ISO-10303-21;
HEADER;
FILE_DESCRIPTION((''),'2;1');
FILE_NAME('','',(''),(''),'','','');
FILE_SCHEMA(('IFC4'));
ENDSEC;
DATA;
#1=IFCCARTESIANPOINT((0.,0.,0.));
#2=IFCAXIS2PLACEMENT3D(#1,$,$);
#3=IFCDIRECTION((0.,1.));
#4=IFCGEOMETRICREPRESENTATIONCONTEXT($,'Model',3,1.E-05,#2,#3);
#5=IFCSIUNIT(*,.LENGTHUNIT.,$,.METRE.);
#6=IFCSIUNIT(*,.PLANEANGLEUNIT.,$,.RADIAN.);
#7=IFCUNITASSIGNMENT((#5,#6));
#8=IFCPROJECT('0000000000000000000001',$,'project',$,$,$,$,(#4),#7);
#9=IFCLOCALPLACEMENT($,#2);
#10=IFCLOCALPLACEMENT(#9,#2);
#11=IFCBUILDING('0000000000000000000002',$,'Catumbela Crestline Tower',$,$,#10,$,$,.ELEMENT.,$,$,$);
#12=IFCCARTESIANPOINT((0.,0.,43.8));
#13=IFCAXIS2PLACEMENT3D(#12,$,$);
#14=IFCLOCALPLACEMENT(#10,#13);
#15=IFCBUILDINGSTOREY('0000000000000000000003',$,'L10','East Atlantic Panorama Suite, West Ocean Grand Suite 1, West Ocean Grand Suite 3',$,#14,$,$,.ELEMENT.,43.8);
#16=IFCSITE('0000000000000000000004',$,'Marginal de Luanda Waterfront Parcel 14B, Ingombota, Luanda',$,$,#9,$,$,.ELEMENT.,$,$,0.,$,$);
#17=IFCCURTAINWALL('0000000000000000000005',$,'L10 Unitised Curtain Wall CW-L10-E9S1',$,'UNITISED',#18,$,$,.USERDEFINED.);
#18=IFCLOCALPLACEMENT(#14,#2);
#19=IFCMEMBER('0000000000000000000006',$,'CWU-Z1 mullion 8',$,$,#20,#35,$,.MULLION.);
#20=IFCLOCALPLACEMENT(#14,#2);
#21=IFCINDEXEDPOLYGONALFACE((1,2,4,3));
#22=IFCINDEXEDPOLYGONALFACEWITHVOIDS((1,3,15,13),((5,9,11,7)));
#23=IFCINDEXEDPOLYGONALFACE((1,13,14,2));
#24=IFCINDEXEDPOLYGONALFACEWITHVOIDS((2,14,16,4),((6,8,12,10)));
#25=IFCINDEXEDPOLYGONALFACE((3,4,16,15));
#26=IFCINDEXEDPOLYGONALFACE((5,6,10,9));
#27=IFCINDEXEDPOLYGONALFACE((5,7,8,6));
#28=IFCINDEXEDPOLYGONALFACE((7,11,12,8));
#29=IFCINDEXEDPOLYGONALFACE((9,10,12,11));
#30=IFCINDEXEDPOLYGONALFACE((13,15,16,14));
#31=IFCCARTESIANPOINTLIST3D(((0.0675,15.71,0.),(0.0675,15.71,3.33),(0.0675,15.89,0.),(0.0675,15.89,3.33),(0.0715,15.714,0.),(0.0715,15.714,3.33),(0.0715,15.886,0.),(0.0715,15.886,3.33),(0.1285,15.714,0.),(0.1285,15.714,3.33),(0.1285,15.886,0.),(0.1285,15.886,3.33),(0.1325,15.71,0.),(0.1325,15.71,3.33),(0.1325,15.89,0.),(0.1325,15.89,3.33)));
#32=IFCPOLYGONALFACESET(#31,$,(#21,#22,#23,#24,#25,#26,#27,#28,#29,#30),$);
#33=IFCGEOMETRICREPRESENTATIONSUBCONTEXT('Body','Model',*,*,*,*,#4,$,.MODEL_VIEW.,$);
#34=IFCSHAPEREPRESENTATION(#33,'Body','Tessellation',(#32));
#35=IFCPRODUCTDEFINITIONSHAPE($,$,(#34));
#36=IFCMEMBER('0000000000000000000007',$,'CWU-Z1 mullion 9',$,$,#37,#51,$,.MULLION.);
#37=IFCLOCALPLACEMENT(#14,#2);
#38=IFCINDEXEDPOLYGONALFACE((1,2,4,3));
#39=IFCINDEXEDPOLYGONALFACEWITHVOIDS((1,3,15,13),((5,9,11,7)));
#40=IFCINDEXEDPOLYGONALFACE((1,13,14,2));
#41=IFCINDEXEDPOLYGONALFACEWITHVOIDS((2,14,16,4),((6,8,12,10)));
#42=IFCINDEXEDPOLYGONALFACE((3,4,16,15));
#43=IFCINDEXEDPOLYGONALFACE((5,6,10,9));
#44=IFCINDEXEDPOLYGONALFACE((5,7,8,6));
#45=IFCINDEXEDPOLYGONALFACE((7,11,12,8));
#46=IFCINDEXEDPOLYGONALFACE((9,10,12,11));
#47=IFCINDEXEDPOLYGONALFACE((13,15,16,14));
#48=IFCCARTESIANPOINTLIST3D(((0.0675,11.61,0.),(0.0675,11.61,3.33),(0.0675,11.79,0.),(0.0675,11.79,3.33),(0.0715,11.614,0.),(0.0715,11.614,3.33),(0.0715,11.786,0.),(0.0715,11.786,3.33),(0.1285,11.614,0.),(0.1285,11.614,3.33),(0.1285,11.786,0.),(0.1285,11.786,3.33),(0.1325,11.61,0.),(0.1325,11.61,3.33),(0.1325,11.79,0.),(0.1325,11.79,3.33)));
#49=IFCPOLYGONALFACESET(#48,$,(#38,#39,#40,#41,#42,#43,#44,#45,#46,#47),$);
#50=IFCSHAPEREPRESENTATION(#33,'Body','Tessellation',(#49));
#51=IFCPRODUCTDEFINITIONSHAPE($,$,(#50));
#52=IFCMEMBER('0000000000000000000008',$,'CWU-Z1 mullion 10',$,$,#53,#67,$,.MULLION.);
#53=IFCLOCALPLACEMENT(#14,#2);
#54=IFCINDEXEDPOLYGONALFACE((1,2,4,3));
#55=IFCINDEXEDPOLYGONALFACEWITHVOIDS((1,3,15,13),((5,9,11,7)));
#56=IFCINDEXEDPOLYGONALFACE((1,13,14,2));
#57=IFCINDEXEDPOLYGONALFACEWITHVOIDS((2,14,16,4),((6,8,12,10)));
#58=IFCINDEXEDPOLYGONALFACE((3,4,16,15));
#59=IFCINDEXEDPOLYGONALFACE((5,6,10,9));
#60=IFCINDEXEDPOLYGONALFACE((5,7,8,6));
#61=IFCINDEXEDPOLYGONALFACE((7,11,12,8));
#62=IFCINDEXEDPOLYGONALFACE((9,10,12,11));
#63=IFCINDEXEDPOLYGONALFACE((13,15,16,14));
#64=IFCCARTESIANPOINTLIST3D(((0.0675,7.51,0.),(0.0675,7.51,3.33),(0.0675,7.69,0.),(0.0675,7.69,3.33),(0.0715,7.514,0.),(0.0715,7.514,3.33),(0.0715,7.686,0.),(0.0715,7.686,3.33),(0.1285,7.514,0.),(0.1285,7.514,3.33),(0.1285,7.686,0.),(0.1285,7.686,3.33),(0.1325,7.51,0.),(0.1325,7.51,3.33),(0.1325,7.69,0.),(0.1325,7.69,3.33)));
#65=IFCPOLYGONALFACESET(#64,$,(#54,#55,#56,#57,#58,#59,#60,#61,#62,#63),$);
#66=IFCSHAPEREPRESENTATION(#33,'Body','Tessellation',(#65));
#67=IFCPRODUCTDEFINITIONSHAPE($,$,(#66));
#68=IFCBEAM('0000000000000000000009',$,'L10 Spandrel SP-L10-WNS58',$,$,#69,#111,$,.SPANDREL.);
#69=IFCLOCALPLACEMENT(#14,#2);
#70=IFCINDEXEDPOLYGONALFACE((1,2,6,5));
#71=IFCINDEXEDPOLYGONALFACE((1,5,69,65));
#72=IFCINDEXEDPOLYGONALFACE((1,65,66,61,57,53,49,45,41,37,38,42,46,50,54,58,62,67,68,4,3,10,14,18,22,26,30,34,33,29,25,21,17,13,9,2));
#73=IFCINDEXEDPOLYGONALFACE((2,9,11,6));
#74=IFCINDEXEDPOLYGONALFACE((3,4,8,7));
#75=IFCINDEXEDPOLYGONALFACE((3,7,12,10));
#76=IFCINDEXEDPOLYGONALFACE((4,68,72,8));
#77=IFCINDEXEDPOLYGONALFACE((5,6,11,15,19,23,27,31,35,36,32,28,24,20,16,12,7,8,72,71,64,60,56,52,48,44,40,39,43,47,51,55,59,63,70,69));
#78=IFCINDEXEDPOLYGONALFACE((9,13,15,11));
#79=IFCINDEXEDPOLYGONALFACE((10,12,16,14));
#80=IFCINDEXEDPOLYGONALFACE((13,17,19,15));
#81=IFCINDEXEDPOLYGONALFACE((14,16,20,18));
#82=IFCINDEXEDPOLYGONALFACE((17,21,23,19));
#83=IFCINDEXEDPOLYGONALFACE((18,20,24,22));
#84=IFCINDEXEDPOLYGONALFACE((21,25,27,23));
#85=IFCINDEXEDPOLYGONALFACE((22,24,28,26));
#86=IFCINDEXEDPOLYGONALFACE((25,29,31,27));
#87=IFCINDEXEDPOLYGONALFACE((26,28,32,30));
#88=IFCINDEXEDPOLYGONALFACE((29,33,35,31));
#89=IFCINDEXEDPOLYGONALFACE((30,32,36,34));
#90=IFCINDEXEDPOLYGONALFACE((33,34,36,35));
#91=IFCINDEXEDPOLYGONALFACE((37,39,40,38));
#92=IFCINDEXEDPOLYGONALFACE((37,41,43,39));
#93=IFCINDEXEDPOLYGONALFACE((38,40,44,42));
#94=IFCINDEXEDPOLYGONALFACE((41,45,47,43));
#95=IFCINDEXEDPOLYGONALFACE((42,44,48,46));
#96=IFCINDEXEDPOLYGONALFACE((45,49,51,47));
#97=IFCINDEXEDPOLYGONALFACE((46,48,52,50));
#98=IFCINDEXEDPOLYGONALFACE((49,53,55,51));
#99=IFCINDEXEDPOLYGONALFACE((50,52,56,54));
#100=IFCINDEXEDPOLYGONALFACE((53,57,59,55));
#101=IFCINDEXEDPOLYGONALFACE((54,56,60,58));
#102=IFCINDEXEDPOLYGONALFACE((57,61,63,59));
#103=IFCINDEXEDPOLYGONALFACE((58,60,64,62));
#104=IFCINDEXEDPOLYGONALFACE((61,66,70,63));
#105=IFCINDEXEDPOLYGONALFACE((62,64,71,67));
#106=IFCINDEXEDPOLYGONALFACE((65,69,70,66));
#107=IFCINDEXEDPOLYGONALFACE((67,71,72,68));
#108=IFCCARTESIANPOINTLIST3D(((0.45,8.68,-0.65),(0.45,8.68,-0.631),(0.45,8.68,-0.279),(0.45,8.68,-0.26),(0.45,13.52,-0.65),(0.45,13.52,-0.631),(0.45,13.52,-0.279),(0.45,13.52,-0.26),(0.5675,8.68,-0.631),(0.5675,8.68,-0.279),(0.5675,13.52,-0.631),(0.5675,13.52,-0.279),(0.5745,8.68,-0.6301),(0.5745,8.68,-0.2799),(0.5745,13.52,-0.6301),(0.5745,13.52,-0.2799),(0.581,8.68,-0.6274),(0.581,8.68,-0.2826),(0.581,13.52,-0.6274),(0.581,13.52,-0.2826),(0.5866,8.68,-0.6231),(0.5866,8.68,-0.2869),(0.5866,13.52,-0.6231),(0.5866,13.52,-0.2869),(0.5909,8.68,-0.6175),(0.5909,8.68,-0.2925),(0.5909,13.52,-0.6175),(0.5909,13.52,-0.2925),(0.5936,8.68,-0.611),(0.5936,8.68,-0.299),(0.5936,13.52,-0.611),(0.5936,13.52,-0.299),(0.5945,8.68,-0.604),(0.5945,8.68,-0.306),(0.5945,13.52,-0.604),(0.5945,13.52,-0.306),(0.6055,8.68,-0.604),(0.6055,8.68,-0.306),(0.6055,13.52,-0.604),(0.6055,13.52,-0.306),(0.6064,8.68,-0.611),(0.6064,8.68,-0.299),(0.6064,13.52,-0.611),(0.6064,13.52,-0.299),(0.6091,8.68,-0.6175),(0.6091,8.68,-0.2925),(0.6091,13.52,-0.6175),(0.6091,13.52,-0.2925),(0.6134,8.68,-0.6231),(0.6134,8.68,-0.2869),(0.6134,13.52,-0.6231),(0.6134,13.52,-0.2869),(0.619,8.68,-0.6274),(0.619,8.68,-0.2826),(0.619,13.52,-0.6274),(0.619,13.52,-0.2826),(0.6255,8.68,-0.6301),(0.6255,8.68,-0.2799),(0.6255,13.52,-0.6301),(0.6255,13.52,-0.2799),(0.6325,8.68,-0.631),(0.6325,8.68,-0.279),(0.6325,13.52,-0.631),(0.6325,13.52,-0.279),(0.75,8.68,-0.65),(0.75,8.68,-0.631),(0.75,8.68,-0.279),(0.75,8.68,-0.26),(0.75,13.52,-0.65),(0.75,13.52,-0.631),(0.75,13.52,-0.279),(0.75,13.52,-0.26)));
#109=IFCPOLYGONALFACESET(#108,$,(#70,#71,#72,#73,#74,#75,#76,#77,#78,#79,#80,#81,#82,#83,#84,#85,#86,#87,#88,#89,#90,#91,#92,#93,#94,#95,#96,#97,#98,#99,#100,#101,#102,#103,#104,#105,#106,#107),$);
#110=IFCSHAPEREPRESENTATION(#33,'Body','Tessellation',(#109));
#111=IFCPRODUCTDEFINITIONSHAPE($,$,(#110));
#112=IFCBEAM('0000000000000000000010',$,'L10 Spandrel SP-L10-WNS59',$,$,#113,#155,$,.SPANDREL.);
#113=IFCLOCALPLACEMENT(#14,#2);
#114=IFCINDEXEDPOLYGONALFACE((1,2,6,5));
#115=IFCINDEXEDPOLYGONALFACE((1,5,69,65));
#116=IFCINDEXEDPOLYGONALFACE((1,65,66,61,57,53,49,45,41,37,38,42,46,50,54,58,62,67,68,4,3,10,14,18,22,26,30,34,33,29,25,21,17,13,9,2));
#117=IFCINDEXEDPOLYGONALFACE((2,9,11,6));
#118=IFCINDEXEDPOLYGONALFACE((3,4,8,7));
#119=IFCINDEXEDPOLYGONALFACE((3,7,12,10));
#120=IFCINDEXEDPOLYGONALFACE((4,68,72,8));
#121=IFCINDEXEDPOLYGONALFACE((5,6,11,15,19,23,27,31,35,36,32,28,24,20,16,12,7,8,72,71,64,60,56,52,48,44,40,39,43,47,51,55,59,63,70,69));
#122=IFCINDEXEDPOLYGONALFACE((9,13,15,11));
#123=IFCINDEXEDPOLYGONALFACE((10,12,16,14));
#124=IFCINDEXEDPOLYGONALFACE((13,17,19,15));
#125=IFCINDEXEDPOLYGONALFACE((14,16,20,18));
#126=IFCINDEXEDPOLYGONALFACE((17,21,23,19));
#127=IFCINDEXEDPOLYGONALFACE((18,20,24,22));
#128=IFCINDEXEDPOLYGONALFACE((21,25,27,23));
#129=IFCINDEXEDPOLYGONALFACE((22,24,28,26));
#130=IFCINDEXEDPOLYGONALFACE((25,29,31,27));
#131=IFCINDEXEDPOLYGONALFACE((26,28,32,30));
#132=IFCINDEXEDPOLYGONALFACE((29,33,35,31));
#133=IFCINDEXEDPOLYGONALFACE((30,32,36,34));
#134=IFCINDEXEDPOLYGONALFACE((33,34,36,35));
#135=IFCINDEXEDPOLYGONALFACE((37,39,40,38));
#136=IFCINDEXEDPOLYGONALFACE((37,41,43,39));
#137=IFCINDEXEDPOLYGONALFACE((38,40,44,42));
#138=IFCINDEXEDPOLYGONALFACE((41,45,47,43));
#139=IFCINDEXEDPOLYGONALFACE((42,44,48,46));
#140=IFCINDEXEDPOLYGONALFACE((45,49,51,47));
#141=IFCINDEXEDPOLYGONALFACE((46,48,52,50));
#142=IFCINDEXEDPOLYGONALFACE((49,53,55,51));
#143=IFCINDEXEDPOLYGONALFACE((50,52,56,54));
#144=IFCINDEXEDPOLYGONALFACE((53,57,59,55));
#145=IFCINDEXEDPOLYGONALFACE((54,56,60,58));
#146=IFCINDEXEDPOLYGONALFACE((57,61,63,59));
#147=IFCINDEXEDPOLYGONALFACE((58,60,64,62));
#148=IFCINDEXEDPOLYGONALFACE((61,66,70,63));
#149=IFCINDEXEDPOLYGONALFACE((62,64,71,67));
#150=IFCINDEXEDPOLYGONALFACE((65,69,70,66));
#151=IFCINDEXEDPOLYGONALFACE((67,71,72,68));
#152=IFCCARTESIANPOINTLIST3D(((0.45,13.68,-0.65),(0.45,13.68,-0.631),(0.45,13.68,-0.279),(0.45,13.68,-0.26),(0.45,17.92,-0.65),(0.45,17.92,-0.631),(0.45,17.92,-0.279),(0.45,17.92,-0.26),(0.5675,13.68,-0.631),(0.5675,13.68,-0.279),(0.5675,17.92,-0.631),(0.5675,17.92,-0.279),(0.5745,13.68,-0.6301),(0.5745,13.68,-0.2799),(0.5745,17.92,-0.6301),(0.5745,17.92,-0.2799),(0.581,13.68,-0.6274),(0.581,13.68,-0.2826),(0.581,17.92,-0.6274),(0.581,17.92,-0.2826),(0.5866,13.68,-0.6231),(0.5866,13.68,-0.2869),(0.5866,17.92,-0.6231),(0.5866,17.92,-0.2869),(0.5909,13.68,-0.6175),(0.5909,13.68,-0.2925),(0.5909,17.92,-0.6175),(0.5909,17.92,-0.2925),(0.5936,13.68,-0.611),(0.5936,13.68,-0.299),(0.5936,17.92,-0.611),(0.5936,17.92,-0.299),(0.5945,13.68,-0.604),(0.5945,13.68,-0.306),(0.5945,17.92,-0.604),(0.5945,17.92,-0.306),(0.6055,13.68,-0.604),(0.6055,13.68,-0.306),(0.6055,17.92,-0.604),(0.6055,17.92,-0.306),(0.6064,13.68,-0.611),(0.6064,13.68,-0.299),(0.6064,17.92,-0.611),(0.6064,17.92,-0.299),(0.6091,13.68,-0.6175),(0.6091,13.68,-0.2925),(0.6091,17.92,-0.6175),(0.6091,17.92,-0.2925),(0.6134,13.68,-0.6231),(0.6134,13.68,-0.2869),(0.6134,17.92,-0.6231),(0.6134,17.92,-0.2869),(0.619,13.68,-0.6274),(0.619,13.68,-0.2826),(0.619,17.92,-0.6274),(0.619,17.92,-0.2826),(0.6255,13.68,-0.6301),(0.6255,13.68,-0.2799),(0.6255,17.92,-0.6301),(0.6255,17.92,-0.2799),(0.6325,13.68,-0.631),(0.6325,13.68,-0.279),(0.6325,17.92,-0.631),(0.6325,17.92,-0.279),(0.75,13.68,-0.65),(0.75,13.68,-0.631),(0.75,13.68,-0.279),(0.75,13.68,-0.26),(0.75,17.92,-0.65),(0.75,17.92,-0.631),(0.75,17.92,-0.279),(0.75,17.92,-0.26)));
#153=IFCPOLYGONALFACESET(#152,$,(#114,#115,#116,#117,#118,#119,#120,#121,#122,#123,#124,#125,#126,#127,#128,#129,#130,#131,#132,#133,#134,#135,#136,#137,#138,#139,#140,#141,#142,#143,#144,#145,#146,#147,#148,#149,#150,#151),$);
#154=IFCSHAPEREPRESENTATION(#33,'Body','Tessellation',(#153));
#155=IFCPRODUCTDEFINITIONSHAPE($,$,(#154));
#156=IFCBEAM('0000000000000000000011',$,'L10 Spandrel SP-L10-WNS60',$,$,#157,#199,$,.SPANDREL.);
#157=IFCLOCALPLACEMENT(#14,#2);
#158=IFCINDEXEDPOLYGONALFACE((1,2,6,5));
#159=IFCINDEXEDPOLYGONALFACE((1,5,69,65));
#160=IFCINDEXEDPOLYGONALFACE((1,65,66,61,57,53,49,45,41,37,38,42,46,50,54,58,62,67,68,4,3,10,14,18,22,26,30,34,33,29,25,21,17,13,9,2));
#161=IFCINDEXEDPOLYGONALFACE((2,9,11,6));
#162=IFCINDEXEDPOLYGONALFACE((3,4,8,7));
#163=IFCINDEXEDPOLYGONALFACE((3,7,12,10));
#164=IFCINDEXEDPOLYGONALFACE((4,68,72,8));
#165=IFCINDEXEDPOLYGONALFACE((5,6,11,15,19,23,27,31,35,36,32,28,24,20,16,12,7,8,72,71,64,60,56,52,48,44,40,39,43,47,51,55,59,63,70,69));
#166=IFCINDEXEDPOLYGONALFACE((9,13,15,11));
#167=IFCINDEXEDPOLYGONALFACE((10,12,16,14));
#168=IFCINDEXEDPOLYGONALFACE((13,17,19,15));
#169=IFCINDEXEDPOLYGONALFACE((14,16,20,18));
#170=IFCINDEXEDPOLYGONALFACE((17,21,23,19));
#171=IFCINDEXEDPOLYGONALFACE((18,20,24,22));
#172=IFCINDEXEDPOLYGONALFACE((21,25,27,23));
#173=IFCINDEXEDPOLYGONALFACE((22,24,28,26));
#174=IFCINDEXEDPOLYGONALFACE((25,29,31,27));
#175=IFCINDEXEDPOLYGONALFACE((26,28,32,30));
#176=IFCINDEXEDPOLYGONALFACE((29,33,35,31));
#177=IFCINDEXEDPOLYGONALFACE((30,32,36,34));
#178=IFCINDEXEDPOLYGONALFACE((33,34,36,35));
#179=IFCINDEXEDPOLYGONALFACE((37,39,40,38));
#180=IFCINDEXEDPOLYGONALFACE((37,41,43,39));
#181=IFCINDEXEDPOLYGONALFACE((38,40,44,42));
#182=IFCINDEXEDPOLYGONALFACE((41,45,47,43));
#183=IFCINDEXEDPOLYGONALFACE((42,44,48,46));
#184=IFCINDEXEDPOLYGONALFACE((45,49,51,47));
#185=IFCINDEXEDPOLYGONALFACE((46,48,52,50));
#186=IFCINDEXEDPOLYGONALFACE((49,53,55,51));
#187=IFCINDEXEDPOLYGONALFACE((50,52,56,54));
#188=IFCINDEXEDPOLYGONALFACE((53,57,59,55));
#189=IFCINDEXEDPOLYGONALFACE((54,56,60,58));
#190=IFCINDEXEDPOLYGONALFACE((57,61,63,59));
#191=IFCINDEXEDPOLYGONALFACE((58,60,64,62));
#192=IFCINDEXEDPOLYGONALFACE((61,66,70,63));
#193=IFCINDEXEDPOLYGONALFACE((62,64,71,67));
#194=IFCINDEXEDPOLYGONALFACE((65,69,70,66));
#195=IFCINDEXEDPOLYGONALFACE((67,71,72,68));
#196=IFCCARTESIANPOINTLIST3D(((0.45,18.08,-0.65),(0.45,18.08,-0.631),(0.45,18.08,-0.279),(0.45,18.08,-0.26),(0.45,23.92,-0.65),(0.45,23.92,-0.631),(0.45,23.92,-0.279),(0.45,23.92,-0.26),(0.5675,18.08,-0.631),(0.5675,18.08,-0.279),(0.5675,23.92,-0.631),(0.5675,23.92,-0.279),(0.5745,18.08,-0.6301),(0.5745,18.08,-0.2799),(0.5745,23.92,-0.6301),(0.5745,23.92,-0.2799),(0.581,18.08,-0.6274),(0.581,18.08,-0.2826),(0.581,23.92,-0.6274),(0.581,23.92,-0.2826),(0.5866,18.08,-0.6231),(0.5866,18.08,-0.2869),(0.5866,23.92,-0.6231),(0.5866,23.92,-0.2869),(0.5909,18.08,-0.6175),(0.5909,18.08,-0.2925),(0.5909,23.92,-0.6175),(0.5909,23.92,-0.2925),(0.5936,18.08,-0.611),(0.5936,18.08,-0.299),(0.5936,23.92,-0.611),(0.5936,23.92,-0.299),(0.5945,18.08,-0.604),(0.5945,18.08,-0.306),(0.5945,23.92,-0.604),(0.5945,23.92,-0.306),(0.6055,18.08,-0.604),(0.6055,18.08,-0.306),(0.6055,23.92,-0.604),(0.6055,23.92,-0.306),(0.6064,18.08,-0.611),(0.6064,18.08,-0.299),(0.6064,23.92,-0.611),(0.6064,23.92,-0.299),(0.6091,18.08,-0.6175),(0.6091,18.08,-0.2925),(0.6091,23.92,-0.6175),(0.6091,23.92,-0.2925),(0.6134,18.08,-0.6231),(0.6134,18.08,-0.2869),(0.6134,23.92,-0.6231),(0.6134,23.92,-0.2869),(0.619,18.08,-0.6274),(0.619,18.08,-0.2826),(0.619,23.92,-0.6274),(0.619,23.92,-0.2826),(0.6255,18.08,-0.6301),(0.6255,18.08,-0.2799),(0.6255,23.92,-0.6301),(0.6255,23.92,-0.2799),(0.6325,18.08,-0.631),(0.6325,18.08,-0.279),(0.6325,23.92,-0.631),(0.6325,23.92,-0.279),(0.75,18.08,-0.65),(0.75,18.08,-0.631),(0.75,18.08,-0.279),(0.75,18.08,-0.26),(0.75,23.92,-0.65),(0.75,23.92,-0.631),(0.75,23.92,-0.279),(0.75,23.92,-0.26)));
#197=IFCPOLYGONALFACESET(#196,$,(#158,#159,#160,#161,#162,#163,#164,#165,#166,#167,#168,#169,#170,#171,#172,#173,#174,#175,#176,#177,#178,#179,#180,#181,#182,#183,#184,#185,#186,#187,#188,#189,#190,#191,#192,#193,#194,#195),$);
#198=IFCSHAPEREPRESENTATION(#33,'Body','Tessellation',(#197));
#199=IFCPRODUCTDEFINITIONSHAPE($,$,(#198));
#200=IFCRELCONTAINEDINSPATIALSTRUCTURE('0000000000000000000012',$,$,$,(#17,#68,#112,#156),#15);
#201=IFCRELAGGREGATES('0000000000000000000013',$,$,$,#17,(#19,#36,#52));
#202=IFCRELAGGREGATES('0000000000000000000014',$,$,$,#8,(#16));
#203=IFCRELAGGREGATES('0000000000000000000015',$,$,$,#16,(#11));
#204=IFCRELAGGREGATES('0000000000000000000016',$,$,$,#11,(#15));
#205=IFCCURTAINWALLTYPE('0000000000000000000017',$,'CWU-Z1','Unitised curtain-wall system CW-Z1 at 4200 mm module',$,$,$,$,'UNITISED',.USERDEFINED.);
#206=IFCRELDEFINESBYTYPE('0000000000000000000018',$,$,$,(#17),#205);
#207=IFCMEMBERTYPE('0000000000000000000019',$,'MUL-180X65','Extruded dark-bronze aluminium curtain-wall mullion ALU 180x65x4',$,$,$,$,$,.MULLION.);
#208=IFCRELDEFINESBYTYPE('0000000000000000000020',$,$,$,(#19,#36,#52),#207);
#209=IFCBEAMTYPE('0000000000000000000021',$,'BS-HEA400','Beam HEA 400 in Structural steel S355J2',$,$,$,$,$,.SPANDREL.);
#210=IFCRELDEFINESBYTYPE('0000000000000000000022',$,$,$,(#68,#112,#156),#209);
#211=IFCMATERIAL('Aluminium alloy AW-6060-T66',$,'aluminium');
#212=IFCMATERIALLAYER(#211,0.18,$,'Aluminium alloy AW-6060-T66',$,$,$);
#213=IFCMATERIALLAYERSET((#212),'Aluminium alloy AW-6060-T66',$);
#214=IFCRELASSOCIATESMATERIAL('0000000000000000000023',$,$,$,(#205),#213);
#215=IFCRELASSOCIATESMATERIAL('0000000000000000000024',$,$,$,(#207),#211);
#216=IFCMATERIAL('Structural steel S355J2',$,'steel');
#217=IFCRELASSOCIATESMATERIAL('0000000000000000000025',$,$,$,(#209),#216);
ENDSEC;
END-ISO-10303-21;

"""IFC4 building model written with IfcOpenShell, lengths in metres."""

from ifc_helpers import new_model, si_unit, direction, frame, origin, origin_2d, place, context, subcontext, project, spatial, hollow_rectangle, i_section, extrude, material, layer, layer_set, material_profile, profile_set, type_object, element, aggregate, save


model = new_model("IFC4")

# Units and contexts
model_context = context("Model", 3, precision=1e-05, world=origin(), true_north=direction((0.0, 1.0)))
body_context = subcontext(model_context, "Body", "Model", "MODEL_VIEW")
ifc_project = project(units=[si_unit("LENGTHUNIT", "METRE"), si_unit("PLANEANGLEUNIT", "RADIAN")], contexts=[model_context])

# Site, building, storey
site_placement = place(None, origin())
site = spatial("IfcSite", under=ifc_project, at=site_placement, Name="Marginal de Luanda Waterfront Parcel 14B, Ingombota, Luanda", CompositionType="ELEMENT", RefElevation=0.0)
building_placement = place(site_placement, origin())
building = spatial("IfcBuilding", under=site, at=building_placement, Name="Catumbela Crestline Tower", CompositionType="ELEMENT")
storey_placement = place(building_placement, frame((0.0, 0.0, 43.8)))
storey = spatial("IfcBuildingStorey", under=building, at=storey_placement, Name="L10", Description="East Atlantic Panorama Suite, West Ocean Grand Suite 1, West Ocean Grand Suite 3", CompositionType="ELEMENT", Elevation=43.8)

# Shared definitions
ifc_material_1 = material(Name="Structural steel S355J2", Category="steel")

# Curtain wall, members
ifc_material_2 = material(Name="Aluminium alloy AW-6060-T66", Category="aluminium")
ifc_layer_1 = layer(ifc_material_2, 0.18, Name="Aluminium alloy AW-6060-T66")
ifc_layer_set_1 = layer_set([ifc_layer_1], Name="Aluminium alloy AW-6060-T66")
curtain_wall_type = type_object("IfcCurtainWallType", Name="CWU-Z1", Description="Unitised curtain-wall system CW-Z1 at 4200 mm module", ElementType="UNITISED", PredefinedType="USERDEFINED", material=ifc_layer_set_1)
curtain_wall_placement = place(storey_placement, origin())
curtain_wall = element("IfcCurtainWall", 1, at=curtain_wall_placement, inside=storey, type_object=curtain_wall_type, Name="L10 Unitised Curtain Wall CW-L10-E9S1", ObjectType="UNITISED", PredefinedType="USERDEFINED")
ifc_material_profile_1 = material_profile(ifc_material_2, hollow_rectangle(XDim=0.065, YDim=0.18, WallThickness=0.004, at=origin_2d()), Name="ALU 180x65x4")
ifc_profile_set_1 = profile_set([ifc_material_profile_1], Name="Aluminium alloy AW-6060-T66")
member_type_1 = type_object("IfcMemberType", Name="MUL-180X65", Description="Extruded dark-bronze aluminium curtain-wall mullion ALU 180x65x4", PredefinedType="MULLION", material=ifc_profile_set_1)
member_1_placement = place(storey_placement, frame((0.1, 15.8, 0.0), z_axis=(0.0, 0.0, 1.0), x_axis=(1.0, 0.0, 0.0)))
member_1 = element("IfcMember", 2, at=member_1_placement, type_object=member_type_1, Name="CWU-Z1 mullion 8", PredefinedType="MULLION", context=body_context, shape_type="SweptSolid", body=[
    extrude(hollow_rectangle(XDim=0.065, YDim=0.18, WallThickness=0.004, at=origin_2d()), origin(), (0.0, 0.0, 1.0), 3.33),
])
member_2_placement = place(storey_placement, frame((0.1, 11.7, 0.0), z_axis=(0.0, 0.0, 1.0), x_axis=(1.0, 0.0, 0.0)))
member_2 = element("IfcMember", 3, at=member_2_placement, type_object=member_type_1, Name="CWU-Z1 mullion 9", PredefinedType="MULLION", context=body_context, shape_type="SweptSolid", body=[
    extrude(hollow_rectangle(XDim=0.065, YDim=0.18, WallThickness=0.004, at=origin_2d()), origin(), (0.0, 0.0, 1.0), 3.33),
])
member_3_placement = place(storey_placement, frame((0.1, 7.6, 0.0), z_axis=(0.0, 0.0, 1.0), x_axis=(1.0, 0.0, 0.0)))
member_3 = element("IfcMember", 4, at=member_3_placement, type_object=member_type_1, Name="CWU-Z1 mullion 10", PredefinedType="MULLION", context=body_context, shape_type="SweptSolid", body=[
    extrude(hollow_rectangle(XDim=0.065, YDim=0.18, WallThickness=0.004, at=origin_2d()), origin(), (0.0, 0.0, 1.0), 3.33),
])

# Beams
ifc_material_profile_2 = material_profile(ifc_material_1, i_section(OverallWidth=0.3, OverallDepth=0.39, WebThickness=0.011, FlangeThickness=0.019, FilletRadius=0.027, at=origin_2d()), Name="HEA 400")
ifc_profile_set_2 = profile_set([ifc_material_profile_2], Name="Structural steel S355J2")
beam_type_1 = type_object("IfcBeamType", Name="BS-HEA400", Description="Beam HEA 400 in Structural steel S355J2", PredefinedType="SPANDREL", material=ifc_profile_set_2)
beam_1_placement = place(storey_placement, frame((0.6, 8.68, -0.455), z_axis=(0.0, 1.0, 0.0), x_axis=(-1.0, 0.0, 0.0)))
element("IfcBeam", 5, at=beam_1_placement, inside=storey, type_object=beam_type_1, Name="L10 Spandrel SP-L10-WNS58", PredefinedType="SPANDREL", context=body_context, shape_type="SweptSolid", body=[
    extrude(i_section(OverallWidth=0.3, OverallDepth=0.39, WebThickness=0.011, FlangeThickness=0.019, FilletRadius=0.027, at=origin_2d()), origin(), (0.0, 0.0, 1.0), 4.84),
])
beam_2_placement = place(storey_placement, frame((0.6, 13.68, -0.455), z_axis=(0.0, 1.0, 0.0), x_axis=(-1.0, 0.0, 0.0)))
element("IfcBeam", 6, at=beam_2_placement, inside=storey, type_object=beam_type_1, Name="L10 Spandrel SP-L10-WNS59", PredefinedType="SPANDREL", context=body_context, shape_type="SweptSolid", body=[
    extrude(i_section(OverallWidth=0.3, OverallDepth=0.39, WebThickness=0.011, FlangeThickness=0.019, FilletRadius=0.027, at=origin_2d()), origin(), (0.0, 0.0, 1.0), 4.24),
])
beam_3_placement = place(storey_placement, frame((0.6, 18.08, -0.455), z_axis=(0.0, 1.0, 0.0), x_axis=(-1.0, 0.0, 0.0)))
element("IfcBeam", 7, at=beam_3_placement, inside=storey, type_object=beam_type_1, Name="L10 Spandrel SP-L10-WNS60", PredefinedType="SPANDREL", context=body_context, shape_type="SweptSolid", body=[
    extrude(i_section(OverallWidth=0.3, OverallDepth=0.39, WebThickness=0.011, FlangeThickness=0.019, FilletRadius=0.027, at=origin_2d()), origin(), (0.0, 0.0, 1.0), 5.84),
])

aggregate(curtain_wall, [member_1, member_2, member_3])

save(model, "model.ifc")
